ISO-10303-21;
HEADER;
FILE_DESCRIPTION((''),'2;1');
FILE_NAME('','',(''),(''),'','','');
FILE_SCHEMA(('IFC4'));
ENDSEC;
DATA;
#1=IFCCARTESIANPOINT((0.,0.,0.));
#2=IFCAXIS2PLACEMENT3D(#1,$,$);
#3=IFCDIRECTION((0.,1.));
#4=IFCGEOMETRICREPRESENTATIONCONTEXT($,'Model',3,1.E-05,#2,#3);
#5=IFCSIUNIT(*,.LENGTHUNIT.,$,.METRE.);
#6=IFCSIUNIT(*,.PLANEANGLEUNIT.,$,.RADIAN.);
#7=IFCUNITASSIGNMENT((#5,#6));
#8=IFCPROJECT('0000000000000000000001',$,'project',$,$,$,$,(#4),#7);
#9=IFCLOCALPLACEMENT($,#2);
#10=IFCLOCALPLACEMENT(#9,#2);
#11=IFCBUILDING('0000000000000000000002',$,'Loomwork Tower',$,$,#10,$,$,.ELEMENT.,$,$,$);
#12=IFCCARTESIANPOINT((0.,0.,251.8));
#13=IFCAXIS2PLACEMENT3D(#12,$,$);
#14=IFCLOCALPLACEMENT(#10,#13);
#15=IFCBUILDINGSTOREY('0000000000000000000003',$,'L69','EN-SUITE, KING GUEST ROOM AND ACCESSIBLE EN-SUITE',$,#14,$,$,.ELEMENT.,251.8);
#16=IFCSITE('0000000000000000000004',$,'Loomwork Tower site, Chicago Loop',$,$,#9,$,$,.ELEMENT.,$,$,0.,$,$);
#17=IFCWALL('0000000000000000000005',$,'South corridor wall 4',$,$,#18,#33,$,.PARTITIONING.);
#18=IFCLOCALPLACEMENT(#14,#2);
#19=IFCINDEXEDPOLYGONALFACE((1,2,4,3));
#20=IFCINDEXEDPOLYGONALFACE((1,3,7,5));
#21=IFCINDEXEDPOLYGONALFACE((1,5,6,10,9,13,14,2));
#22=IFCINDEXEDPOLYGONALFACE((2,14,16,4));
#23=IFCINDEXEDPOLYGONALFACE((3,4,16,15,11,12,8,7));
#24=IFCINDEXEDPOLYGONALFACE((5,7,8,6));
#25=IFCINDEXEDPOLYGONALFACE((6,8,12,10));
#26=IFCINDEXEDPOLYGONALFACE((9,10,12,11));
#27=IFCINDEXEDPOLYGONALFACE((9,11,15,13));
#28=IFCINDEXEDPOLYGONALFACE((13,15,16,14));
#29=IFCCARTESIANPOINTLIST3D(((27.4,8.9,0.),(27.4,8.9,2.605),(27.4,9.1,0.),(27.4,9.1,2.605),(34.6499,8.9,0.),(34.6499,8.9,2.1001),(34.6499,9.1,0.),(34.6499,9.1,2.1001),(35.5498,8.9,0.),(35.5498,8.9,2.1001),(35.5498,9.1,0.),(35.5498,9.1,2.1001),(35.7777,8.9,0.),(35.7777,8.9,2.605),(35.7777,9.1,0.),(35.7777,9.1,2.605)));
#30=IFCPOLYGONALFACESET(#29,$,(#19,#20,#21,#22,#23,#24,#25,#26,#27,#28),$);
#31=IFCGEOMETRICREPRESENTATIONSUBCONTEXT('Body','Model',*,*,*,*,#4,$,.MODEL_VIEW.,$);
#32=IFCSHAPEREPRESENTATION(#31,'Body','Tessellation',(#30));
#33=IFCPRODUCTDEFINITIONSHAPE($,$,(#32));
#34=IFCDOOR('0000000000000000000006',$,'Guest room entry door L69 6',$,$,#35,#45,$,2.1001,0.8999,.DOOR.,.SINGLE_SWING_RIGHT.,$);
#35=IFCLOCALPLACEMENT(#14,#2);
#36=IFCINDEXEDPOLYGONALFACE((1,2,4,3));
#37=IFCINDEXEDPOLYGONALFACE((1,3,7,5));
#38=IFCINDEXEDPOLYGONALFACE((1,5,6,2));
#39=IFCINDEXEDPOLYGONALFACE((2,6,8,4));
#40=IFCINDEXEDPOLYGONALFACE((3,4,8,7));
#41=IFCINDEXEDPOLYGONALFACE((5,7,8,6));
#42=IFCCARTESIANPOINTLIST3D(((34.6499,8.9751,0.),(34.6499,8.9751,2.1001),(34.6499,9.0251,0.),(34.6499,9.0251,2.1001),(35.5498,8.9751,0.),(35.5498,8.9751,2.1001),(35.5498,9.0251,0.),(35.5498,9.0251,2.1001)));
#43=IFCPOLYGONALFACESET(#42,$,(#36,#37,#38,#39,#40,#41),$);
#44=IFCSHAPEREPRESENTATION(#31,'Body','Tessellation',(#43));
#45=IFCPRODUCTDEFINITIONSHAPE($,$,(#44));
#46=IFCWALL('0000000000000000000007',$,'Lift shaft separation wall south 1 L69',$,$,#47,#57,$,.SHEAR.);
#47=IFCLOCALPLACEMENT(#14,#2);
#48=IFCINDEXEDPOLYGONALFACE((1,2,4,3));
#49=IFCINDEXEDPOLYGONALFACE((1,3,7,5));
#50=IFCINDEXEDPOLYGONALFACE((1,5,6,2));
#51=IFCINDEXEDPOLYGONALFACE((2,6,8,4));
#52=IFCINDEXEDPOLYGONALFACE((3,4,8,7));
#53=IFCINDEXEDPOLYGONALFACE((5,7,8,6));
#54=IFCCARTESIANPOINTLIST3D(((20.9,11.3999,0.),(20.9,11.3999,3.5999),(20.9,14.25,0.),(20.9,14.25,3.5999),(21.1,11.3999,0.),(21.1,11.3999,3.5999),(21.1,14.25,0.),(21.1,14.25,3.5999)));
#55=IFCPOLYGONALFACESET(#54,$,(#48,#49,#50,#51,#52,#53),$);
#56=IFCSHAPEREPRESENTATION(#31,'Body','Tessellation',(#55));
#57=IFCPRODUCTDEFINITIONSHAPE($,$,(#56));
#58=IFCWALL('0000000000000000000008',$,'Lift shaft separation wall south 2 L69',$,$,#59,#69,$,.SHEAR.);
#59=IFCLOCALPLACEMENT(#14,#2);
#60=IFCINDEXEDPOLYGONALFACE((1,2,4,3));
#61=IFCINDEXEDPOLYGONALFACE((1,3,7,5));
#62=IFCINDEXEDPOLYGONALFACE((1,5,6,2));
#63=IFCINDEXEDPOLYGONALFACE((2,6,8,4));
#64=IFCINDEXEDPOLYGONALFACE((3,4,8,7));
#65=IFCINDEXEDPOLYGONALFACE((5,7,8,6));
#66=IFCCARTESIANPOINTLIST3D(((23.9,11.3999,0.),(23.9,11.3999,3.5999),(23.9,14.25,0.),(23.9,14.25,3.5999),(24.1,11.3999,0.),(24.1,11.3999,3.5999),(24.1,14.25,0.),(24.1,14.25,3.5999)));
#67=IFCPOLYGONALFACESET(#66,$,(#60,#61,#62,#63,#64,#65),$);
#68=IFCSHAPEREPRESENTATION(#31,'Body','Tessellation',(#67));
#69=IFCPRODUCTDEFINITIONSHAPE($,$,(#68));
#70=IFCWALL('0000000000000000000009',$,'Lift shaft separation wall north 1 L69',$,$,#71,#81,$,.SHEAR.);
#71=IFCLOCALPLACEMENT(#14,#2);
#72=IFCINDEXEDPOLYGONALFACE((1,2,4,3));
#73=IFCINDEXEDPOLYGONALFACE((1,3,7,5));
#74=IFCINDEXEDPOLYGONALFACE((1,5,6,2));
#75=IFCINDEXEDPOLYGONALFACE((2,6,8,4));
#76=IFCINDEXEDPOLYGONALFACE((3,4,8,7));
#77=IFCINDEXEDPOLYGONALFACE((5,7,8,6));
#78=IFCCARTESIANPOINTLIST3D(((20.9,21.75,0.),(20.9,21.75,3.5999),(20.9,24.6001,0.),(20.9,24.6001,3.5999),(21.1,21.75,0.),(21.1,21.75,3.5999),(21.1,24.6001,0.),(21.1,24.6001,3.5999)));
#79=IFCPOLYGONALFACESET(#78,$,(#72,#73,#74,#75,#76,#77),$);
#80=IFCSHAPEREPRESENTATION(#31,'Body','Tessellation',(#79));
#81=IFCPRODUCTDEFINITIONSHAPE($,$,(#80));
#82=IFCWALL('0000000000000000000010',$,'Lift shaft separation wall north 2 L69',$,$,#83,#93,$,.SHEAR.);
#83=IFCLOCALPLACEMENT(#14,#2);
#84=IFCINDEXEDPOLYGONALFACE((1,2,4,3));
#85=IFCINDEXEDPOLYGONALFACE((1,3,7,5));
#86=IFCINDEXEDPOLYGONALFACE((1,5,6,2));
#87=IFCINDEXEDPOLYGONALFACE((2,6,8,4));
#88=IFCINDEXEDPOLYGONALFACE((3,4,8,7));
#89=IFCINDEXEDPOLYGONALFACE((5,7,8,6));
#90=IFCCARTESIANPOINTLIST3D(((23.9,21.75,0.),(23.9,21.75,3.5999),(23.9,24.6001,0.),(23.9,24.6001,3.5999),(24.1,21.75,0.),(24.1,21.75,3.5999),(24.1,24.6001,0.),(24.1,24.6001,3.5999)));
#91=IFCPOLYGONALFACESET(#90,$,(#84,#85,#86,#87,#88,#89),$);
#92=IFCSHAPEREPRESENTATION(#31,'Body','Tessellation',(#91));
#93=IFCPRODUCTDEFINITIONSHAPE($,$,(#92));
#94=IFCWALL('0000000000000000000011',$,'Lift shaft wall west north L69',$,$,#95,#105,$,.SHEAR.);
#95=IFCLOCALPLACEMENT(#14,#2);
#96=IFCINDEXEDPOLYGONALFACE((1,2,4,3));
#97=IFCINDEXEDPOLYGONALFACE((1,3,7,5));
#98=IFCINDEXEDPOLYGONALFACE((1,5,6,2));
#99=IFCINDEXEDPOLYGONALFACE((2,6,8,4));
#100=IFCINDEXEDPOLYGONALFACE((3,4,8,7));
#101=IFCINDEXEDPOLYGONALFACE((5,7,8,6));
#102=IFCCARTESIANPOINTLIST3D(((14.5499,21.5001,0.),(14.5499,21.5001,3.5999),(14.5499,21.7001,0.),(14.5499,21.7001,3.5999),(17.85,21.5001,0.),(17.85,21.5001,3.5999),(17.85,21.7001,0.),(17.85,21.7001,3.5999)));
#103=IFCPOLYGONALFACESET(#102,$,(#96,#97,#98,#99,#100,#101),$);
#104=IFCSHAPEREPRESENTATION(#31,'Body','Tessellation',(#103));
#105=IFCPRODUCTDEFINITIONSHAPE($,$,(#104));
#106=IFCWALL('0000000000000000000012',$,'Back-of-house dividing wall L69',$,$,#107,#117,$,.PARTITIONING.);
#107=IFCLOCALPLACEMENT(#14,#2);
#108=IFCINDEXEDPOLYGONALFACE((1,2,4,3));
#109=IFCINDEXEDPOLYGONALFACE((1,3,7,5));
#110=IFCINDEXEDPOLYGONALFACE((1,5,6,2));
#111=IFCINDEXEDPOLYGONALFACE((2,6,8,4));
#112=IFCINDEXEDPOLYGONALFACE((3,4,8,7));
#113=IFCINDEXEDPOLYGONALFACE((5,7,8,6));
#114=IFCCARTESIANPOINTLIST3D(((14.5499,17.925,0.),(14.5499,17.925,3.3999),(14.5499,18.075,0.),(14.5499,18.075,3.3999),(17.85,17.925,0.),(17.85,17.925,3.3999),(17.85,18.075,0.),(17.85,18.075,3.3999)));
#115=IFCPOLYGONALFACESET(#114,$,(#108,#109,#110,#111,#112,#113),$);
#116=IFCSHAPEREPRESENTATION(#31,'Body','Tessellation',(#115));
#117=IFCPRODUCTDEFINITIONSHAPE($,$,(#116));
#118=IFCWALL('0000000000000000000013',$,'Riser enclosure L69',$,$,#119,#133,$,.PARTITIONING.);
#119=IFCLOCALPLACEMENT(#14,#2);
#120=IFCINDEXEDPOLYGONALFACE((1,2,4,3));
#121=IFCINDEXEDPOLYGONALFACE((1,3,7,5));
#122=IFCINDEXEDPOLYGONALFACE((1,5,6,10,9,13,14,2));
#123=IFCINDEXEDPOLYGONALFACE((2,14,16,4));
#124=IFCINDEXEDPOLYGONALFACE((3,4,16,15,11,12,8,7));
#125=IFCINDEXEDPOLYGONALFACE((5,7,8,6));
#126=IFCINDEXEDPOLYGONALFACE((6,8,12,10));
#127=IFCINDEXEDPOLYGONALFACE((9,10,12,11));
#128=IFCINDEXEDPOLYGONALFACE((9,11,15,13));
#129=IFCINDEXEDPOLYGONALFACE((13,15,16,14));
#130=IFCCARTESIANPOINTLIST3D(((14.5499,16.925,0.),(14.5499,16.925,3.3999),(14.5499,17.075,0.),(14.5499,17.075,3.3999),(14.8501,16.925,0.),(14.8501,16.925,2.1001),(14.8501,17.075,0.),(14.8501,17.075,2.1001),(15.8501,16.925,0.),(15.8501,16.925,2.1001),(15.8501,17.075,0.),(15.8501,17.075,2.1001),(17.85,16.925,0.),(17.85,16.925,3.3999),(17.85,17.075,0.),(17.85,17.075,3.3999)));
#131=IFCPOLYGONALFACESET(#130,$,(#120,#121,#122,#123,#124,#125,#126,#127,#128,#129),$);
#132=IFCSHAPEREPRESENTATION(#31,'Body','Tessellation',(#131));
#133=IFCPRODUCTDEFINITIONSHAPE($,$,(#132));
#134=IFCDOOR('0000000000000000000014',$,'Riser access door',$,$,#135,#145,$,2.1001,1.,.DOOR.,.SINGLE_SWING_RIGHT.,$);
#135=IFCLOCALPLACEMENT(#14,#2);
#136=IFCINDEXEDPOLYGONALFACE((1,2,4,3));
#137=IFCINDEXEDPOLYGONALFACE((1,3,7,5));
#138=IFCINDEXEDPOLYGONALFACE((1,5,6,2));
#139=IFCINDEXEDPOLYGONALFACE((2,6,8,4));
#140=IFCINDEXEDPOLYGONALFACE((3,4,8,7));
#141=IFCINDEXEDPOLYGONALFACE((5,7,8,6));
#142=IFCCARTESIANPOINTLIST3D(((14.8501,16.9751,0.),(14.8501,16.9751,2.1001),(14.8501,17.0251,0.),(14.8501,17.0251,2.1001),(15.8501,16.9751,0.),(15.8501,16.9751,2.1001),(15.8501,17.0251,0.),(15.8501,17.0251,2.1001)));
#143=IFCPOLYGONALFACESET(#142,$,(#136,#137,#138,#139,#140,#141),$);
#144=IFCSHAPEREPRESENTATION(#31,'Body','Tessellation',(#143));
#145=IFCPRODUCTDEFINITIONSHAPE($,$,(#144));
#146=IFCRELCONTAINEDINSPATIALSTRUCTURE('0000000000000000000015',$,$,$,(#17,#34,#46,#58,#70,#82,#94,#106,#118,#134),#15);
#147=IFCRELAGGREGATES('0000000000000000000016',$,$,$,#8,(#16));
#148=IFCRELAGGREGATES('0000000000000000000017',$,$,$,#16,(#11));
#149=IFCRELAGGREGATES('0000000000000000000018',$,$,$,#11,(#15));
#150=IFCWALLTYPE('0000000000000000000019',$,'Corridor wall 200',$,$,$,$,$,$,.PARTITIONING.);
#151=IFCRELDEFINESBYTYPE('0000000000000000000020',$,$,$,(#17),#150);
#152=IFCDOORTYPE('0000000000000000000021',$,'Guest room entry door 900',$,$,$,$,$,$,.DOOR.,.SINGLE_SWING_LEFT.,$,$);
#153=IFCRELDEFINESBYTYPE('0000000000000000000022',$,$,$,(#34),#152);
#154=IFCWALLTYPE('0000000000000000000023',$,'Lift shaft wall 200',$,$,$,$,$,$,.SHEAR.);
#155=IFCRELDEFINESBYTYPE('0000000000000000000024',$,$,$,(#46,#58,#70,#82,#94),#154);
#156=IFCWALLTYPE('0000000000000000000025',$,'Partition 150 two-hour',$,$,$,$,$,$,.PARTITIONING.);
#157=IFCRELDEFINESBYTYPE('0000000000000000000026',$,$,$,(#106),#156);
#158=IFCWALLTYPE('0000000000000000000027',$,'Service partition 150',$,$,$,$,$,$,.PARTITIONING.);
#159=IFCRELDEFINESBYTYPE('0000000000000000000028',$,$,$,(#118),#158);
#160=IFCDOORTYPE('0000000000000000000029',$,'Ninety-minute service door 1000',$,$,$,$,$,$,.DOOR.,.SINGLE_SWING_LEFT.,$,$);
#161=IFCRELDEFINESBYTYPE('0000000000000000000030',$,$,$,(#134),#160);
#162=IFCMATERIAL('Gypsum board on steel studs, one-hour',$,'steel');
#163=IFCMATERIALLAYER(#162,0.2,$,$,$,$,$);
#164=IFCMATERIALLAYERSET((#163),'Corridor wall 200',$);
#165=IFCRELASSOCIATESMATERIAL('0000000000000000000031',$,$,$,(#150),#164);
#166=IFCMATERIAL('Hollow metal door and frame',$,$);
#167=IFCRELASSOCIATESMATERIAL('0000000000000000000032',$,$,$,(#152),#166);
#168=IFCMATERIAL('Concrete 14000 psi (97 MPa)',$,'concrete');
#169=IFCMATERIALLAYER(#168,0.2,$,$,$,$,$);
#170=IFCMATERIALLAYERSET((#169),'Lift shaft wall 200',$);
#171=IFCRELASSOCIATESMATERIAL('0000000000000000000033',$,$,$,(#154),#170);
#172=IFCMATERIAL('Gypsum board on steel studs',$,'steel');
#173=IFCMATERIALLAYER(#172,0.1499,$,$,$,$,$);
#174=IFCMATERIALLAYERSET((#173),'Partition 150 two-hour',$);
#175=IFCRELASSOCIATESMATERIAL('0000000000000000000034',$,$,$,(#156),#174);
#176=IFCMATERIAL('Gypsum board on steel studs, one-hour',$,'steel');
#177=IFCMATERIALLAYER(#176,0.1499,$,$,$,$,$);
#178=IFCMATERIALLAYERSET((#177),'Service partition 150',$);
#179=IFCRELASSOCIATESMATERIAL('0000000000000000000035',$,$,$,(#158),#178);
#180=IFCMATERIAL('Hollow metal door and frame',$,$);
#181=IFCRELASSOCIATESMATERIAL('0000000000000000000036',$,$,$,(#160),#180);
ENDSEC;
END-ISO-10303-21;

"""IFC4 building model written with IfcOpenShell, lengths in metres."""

from ifc_helpers import new_model, si_unit, direction, frame, frame_2d, origin, place, context, subcontext, project, spatial, rectangle, extrude, material, layer, layer_set, type_object, element, fill, save


model = new_model("IFC4")

# Units and contexts
model_context = context("Model", 3, precision=1e-05, world=origin(), true_north=direction((0.0, 1.0)))
body_context = subcontext(model_context, "Body", "Model", "MODEL_VIEW")
ifc_project = project(units=[si_unit("LENGTHUNIT", "METRE"), si_unit("PLANEANGLEUNIT", "RADIAN")], contexts=[model_context])

# Site, building, storey
site_placement = place(None, origin())
site = spatial("IfcSite", under=ifc_project, at=site_placement, Name="Loomwork Tower site, Chicago Loop", CompositionType="ELEMENT", RefElevation=0.0)
building_placement = place(site_placement, origin())
building = spatial("IfcBuilding", under=site, at=building_placement, Name="Loomwork Tower", CompositionType="ELEMENT")
storey_placement = place(building_placement, frame((0.0, 0.0, 251.8)))
storey = spatial("IfcBuildingStorey", under=building, at=storey_placement, Name="L69", Description="EN-SUITE, KING GUEST ROOM AND ACCESSIBLE EN-SUITE", CompositionType="ELEMENT", Elevation=251.8)

# Wall, opening, door
ifc_material_1 = material(Name="Gypsum board on steel studs, one-hour", Category="steel")
ifc_layer_1 = layer(ifc_material_1, 0.2)
ifc_layer_set_1 = layer_set([ifc_layer_1], Name="Corridor wall 200")
wall_type_1 = type_object("IfcWallType", Name="Corridor wall 200", PredefinedType="PARTITIONING", material=ifc_layer_set_1)
wall_1_placement = place(storey_placement, frame((27.3999, 9.0, 0.0), z_axis=(0.0, 0.0, 1.0), x_axis=(1.0, 0.0, 0.0)))
wall_1 = element("IfcWall", 1, at=wall_1_placement, inside=storey, type_object=wall_type_1, Name="South corridor wall 4", PredefinedType="PARTITIONING", context=body_context, shape_type="SweptSolid", body=[
    extrude(rectangle(XDim=8.3777, YDim=0.2, at=frame_2d((4.189, 0.0))), origin(), (0.0, 0.0, 1.0), 2.605),
])
opening_1_placement = place(wall_1_placement, frame((7.25, 0.0, 0.0)))
opening_1 = element("IfcOpeningElement", 2, at=opening_1_placement, cuts=wall_1, PredefinedType="OPENING", context=body_context, shape_type="SweptSolid", body=[
    extrude(rectangle(XDim=0.8999, YDim=2.1001, at=frame_2d((0.45, 1.05))), frame((0.0, 0.1099, 0.0), z_axis=(0.0, -1.0, 0.0), x_axis=(1.0, 0.0, 0.0)), (0.0, 0.0, 1.0), 0.22),
])
ifc_material_2 = material(Name="Hollow metal door and frame")
door_type_1 = type_object("IfcDoorType", Name="Guest room entry door 900", OperationType="SINGLE_SWING_LEFT", PredefinedType="DOOR", material=ifc_material_2)
door_1_placement = place(opening_1_placement, frame((0.8999, 0.0, 0.0), z_axis=(0.0, 0.0, 1.0), x_axis=(-1.0, 0.0, 0.0)))
door_1 = element("IfcDoor", 3, at=door_1_placement, inside=storey, type_object=door_type_1, Name="Guest room entry door L69 6", OperationType="SINGLE_SWING_RIGHT", OverallHeight=2.1001, OverallWidth=0.8999, PredefinedType="DOOR", context=body_context, shape_type="SweptSolid", body=[
    extrude(rectangle(XDim=0.8999, YDim=2.1001, at=frame_2d((0.45, 1.05))), frame((0.0, 0.0249, 0.0), z_axis=(0.0, -1.0, 0.0), x_axis=(1.0, 0.0, 0.0)), (0.0, 0.0, 1.0), 0.05),
])
fill(opening_1, door_1)

# Walls
ifc_material_3 = material(Name="Concrete 14000 psi (97 MPa)", Category="concrete")
ifc_layer_2 = layer(ifc_material_3, 0.2)
ifc_layer_set_2 = layer_set([ifc_layer_2], Name="Lift shaft wall 200")
wall_type_2 = type_object("IfcWallType", Name="Lift shaft wall 200", PredefinedType="SHEAR", material=ifc_layer_set_2)
for number, where, z_axis, x_axis, name in (
    (4, (21.0, 11.3999, 0.0), (0.0, 0.0, 1.0), (0.0, 1.0, 0.0), "Lift shaft separation wall south 1 L69"),
    (5, (24.0, 11.3999, 0.0), (0.0, 0.0, 1.0), (0.0, 1.0, 0.0), "Lift shaft separation wall south 2 L69"),
    (6, (21.0, 21.75, 0.0), (0.0, 0.0, 1.0), (0.0, 1.0, 0.0), "Lift shaft separation wall north 1 L69"),
    (7, (24.0, 21.75, 0.0), (0.0, 0.0, 1.0), (0.0, 1.0, 0.0), "Lift shaft separation wall north 2 L69"),
):
    element("IfcWall", number, at=place(storey_placement, frame(where, z_axis=z_axis, x_axis=x_axis)), inside=storey, type_object=wall_type_2, Name=name, PredefinedType="SHEAR", context=body_context, shape_type="SweptSolid", body=[
        extrude(rectangle(XDim=2.8501, YDim=0.2, at=frame_2d((1.425, 0.0))), origin(), (0.0, 0.0, 1.0), 3.5999),
    ])
wall_2_placement = place(storey_placement, frame((14.55, 21.6001, 0.0), z_axis=(0.0, 0.0, 1.0), x_axis=(1.0, 0.0, 0.0)))
element("IfcWall", 8, at=wall_2_placement, inside=storey, type_object=wall_type_2, Name="Lift shaft wall west north L69", PredefinedType="SHEAR", context=body_context, shape_type="SweptSolid", body=[
    extrude(rectangle(XDim=3.3, YDim=0.2, at=frame_2d((1.6499, 0.0))), origin(), (0.0, 0.0, 1.0), 3.5999),
])
ifc_material_4 = material(Name="Gypsum board on steel studs", Category="steel")
ifc_layer_3 = layer(ifc_material_4, 0.1499)
ifc_layer_set_3 = layer_set([ifc_layer_3], Name="Partition 150 two-hour")
wall_type_3 = type_object("IfcWallType", Name="Partition 150 two-hour", PredefinedType="PARTITIONING", material=ifc_layer_set_3)
wall_3_placement = place(storey_placement, frame((14.55, 18.0, 0.0), z_axis=(0.0, 0.0, 1.0), x_axis=(1.0, 0.0, 0.0)))
element("IfcWall", 9, at=wall_3_placement, inside=storey, type_object=wall_type_3, Name="Back-of-house dividing wall L69", PredefinedType="PARTITIONING", context=body_context, shape_type="SweptSolid", body=[
    extrude(rectangle(XDim=3.3, YDim=0.1499, at=frame_2d((1.6499, 0.0))), origin(), (0.0, 0.0, 1.0), 3.3999),
])

# Wall, opening, door
ifc_material_5 = material(Name="Gypsum board on steel studs, one-hour", Category="steel")
ifc_layer_4 = layer(ifc_material_5, 0.1499)
ifc_layer_set_4 = layer_set([ifc_layer_4], Name="Service partition 150")
wall_type_4 = type_object("IfcWallType", Name="Service partition 150", PredefinedType="PARTITIONING", material=ifc_layer_set_4)
wall_4_placement = place(storey_placement, frame((14.55, 17.0, 0.0), z_axis=(0.0, 0.0, 1.0), x_axis=(1.0, 0.0, 0.0)))
wall_4 = element("IfcWall", 10, at=wall_4_placement, inside=storey, type_object=wall_type_4, Name="Riser enclosure L69", PredefinedType="PARTITIONING", context=body_context, shape_type="SweptSolid", body=[
    extrude(rectangle(XDim=3.3, YDim=0.1499, at=frame_2d((1.6499, 0.0))), origin(), (0.0, 0.0, 1.0), 3.3999),
])
opening_2_placement = place(wall_4_placement, frame((0.3, 0.0, 0.0)))
opening_2 = element("IfcOpeningElement", 11, at=opening_2_placement, cuts=wall_4, PredefinedType="OPENING", context=body_context, shape_type="SweptSolid", body=[
    extrude(rectangle(XDim=1.0, YDim=2.1001, at=frame_2d((0.5, 1.05))), frame((0.0, 0.085, 0.0), z_axis=(0.0, -1.0, 0.0), x_axis=(1.0, 0.0, 0.0)), (0.0, 0.0, 1.0), 0.1699),
])
ifc_material_6 = material(Name="Hollow metal door and frame")
door_type_2 = type_object("IfcDoorType", Name="Ninety-minute service door 1000", OperationType="SINGLE_SWING_LEFT", PredefinedType="DOOR", material=ifc_material_6)
door_2_placement = place(opening_2_placement, frame((1.0, 0.0, 0.0), z_axis=(0.0, 0.0, 1.0), x_axis=(-1.0, 0.0, 0.0)))
door_2 = element("IfcDoor", 12, at=door_2_placement, inside=storey, type_object=door_type_2, Name="Riser access door", OperationType="SINGLE_SWING_RIGHT", OverallHeight=2.1001, OverallWidth=1.0, PredefinedType="DOOR", context=body_context, shape_type="SweptSolid", body=[
    extrude(rectangle(XDim=1.0, YDim=2.1001, at=frame_2d((0.5, 1.05))), frame((0.0, 0.0249, 0.0), z_axis=(0.0, -1.0, 0.0), x_axis=(1.0, 0.0, 0.0)), (0.0, 0.0, 1.0), 0.05),
])
fill(opening_2, door_2)

save(model, "model.ifc")
